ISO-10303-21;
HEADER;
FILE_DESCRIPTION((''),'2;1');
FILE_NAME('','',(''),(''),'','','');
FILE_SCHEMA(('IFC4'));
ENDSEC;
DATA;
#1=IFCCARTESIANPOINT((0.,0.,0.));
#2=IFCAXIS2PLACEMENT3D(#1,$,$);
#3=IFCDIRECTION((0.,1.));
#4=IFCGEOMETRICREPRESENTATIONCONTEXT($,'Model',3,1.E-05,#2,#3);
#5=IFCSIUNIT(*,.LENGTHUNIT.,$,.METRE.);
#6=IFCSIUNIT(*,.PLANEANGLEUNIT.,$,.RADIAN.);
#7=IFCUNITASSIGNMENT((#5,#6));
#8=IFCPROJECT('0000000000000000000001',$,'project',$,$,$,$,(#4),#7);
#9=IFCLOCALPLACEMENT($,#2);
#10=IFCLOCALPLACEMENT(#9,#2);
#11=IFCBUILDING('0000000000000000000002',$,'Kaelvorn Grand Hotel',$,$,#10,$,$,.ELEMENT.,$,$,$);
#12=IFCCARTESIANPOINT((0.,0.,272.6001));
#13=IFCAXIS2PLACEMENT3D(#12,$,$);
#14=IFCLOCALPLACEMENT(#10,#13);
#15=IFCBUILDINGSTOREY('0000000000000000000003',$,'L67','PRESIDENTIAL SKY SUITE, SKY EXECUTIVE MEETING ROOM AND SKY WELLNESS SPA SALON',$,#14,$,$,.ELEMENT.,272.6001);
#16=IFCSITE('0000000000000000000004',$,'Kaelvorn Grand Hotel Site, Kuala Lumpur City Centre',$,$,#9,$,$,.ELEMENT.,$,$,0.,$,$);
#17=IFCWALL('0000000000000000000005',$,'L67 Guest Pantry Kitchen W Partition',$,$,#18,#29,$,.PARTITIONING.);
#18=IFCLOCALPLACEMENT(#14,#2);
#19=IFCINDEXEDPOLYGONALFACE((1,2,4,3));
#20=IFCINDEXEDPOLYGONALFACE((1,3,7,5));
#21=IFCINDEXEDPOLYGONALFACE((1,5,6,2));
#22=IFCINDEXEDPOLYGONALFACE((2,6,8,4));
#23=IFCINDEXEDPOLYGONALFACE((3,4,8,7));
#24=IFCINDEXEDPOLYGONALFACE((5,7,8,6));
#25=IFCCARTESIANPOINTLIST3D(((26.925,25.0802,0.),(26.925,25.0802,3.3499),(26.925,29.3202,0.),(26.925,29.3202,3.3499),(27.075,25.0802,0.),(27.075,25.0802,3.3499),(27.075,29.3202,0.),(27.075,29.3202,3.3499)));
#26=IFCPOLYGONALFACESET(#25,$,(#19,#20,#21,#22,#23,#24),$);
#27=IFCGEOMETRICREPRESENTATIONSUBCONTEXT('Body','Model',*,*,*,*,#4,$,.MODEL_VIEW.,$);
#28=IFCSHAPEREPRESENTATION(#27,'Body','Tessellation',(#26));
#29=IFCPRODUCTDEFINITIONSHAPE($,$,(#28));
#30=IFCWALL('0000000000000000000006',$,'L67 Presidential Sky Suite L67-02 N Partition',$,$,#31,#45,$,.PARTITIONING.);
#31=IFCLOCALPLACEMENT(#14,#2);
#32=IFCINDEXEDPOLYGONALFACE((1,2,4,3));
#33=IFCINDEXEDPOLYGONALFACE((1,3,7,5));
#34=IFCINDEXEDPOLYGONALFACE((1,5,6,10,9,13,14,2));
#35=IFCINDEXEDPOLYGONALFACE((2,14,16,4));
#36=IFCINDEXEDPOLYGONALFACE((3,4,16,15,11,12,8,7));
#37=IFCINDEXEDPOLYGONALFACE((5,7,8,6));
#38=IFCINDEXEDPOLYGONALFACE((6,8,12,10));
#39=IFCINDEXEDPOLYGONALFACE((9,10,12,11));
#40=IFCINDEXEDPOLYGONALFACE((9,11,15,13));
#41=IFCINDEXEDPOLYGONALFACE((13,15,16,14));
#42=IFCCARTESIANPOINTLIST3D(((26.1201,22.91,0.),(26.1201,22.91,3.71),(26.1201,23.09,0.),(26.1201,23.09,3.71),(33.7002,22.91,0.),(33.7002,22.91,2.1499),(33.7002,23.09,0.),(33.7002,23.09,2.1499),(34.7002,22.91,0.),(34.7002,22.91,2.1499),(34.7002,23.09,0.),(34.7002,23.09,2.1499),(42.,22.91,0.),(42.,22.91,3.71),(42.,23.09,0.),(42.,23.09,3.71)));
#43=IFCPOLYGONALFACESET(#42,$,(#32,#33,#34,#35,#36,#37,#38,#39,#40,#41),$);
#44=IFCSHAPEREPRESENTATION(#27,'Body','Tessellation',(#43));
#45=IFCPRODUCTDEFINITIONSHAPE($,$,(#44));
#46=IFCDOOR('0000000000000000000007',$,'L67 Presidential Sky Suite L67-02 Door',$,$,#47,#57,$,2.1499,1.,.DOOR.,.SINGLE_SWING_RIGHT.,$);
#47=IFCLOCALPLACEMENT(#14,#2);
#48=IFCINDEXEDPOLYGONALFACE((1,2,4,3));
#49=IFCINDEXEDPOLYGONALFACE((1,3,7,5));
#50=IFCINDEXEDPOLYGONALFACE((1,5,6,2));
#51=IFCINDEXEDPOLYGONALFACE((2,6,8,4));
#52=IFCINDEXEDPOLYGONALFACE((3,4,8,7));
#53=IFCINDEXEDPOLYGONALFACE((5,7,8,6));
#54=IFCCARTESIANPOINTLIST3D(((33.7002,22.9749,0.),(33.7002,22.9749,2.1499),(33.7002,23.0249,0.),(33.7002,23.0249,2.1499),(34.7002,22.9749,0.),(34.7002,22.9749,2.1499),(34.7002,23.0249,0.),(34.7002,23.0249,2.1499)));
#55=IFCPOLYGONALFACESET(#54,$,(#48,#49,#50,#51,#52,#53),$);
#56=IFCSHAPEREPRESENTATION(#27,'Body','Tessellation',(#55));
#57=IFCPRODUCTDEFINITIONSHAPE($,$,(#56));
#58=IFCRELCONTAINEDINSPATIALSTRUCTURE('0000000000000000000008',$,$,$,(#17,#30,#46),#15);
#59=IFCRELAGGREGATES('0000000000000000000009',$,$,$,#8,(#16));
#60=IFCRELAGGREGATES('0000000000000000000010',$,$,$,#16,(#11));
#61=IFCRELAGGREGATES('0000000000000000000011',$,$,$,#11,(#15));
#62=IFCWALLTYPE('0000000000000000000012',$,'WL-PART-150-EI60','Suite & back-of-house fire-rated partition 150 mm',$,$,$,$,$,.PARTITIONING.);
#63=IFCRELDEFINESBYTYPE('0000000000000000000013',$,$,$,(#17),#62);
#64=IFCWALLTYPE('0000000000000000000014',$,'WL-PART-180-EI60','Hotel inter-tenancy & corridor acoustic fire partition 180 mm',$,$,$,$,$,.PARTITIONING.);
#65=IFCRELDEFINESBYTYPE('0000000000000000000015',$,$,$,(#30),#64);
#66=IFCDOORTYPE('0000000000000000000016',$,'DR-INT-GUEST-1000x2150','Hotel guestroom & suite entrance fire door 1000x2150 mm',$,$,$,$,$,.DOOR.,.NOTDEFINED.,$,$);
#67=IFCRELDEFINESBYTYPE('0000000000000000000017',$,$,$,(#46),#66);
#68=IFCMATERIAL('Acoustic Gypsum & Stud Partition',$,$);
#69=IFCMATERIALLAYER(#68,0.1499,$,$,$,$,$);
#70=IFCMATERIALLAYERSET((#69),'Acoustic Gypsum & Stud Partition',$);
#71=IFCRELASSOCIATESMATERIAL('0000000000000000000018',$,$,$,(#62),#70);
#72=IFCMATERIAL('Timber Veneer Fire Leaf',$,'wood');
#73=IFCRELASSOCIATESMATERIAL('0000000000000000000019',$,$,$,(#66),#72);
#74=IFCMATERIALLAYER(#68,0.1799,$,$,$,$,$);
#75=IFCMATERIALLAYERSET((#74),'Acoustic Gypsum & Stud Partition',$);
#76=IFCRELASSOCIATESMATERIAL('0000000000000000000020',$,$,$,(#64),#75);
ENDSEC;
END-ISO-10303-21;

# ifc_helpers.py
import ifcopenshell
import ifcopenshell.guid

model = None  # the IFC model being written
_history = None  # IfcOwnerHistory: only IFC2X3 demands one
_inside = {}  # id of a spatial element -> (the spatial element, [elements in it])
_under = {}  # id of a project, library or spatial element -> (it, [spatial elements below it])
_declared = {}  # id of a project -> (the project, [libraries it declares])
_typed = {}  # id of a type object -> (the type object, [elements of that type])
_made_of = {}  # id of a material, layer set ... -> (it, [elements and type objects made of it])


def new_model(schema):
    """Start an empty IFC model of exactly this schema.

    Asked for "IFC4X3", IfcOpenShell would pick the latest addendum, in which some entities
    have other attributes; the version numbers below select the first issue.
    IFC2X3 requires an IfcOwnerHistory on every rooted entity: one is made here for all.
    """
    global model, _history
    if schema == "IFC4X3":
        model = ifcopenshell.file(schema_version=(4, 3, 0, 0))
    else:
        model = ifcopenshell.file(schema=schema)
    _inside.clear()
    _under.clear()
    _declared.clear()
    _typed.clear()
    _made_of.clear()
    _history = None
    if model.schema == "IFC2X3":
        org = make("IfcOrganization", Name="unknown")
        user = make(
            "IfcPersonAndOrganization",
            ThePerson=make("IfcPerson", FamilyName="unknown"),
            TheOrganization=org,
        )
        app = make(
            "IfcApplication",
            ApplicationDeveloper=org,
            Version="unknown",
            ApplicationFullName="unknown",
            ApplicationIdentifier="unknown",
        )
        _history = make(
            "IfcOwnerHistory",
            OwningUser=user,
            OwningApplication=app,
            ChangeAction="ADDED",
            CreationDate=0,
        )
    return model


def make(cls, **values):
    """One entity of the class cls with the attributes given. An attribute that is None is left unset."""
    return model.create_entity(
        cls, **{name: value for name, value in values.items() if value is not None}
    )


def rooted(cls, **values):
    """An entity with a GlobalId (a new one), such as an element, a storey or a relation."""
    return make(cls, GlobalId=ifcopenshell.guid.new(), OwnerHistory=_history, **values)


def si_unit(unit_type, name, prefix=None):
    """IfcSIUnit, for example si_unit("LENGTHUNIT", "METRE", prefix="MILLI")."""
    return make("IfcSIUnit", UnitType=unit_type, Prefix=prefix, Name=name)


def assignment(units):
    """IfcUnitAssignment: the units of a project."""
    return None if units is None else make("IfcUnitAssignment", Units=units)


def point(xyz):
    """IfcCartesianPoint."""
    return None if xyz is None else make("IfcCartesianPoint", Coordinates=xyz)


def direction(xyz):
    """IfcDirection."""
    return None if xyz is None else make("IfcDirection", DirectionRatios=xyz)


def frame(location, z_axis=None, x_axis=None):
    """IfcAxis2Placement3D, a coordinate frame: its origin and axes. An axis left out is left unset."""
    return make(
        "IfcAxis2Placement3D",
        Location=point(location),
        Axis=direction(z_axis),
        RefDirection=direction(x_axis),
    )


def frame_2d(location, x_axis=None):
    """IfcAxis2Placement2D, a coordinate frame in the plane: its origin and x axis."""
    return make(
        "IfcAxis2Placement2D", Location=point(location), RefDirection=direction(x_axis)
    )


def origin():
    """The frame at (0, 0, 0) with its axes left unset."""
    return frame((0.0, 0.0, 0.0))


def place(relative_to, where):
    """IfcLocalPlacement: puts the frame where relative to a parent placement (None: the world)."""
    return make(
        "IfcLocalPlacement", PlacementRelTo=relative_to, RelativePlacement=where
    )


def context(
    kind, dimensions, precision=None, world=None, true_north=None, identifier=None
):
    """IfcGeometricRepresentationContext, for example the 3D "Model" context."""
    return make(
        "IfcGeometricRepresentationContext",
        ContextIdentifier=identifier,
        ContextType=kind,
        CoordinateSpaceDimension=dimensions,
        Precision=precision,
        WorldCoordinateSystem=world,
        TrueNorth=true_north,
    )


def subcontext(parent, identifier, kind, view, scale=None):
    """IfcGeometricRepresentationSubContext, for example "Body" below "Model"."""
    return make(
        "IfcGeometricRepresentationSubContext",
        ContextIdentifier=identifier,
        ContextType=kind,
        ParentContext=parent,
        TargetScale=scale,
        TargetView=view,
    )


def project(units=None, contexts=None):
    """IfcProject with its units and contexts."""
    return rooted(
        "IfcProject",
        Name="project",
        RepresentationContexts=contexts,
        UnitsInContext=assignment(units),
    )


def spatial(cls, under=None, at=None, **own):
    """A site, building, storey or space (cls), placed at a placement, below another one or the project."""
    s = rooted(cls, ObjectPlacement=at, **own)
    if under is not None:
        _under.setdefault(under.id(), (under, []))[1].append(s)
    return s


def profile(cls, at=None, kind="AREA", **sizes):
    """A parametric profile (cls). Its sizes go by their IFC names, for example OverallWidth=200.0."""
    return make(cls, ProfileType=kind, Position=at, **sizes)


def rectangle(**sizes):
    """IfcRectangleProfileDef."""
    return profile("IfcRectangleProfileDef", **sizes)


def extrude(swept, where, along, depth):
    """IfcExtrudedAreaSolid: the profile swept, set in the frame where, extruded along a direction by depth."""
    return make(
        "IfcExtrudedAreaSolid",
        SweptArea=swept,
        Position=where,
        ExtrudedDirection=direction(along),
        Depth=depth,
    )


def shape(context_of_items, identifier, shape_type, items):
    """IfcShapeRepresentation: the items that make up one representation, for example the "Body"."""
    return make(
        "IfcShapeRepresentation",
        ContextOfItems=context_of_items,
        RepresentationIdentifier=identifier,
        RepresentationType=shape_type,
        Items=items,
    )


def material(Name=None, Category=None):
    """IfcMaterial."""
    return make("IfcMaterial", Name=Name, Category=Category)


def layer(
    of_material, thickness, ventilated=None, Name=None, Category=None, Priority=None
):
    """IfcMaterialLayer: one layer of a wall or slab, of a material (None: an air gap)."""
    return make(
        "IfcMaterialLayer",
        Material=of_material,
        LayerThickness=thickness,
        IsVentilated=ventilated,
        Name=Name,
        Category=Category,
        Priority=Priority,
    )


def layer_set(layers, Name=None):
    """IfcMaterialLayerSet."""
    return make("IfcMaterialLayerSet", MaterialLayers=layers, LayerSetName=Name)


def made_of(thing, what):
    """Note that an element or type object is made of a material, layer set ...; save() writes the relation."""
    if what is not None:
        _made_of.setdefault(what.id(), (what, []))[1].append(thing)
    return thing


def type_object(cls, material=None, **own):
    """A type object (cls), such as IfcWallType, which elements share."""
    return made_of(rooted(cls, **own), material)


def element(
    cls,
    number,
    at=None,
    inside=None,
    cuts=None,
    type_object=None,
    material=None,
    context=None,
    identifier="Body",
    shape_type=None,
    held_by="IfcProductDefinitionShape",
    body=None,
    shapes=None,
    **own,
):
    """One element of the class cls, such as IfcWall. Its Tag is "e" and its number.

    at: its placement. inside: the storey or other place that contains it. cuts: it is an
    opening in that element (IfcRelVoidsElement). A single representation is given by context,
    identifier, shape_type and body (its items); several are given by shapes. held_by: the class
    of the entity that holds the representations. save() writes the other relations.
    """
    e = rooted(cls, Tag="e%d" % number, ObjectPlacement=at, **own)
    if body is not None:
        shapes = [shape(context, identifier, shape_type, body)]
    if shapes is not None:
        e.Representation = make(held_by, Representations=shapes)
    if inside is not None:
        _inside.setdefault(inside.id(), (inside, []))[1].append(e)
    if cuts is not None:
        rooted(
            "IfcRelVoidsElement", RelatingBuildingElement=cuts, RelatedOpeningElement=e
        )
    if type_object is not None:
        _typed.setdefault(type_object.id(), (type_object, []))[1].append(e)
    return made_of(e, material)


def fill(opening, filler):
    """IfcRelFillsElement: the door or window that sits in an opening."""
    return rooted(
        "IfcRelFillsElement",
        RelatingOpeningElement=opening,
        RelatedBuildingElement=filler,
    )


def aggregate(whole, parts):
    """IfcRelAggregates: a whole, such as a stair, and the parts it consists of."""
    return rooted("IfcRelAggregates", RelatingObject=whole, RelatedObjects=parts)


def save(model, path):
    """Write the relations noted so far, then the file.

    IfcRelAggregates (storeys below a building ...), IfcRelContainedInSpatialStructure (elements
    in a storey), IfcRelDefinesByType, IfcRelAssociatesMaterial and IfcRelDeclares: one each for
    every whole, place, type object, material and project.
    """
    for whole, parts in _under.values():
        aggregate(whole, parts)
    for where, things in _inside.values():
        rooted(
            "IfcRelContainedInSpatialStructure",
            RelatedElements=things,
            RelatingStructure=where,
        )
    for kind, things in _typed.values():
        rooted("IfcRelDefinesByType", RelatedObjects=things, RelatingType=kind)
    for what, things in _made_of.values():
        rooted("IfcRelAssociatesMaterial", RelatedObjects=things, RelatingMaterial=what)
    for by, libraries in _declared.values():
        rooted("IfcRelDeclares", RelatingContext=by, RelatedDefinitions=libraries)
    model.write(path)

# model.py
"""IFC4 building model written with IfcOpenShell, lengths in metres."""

from ifc_helpers import new_model, si_unit, direction, frame, frame_2d, origin, place, context, subcontext, project, spatial, rectangle, extrude, material, layer, layer_set, type_object, element, fill, save


model = new_model("IFC4")

# Units and contexts
model_context = context("Model", 3, precision=1e-05, world=origin(), true_north=direction((0.0, 1.0)))
body_context = subcontext(model_context, "Body", "Model", "MODEL_VIEW")
ifc_project = project(units=[si_unit("LENGTHUNIT", "METRE"), si_unit("PLANEANGLEUNIT", "RADIAN")], contexts=[model_context])

# Site, building, storey
site_placement = place(None, origin())
site = spatial("IfcSite", under=ifc_project, at=site_placement, Name="Kaelvorn Grand Hotel Site, Kuala Lumpur City Centre", CompositionType="ELEMENT", RefElevation=0.0)
building_placement = place(site_placement, origin())
building = spatial("IfcBuilding", under=site, at=building_placement, Name="Kaelvorn Grand Hotel", CompositionType="ELEMENT")
storey_placement = place(building_placement, frame((0.0, 0.0, 272.6001)))
storey = spatial("IfcBuildingStorey", under=building, at=storey_placement, Name="L67", Description="PRESIDENTIAL SKY SUITE, SKY EXECUTIVE MEETING ROOM AND SKY WELLNESS SPA SALON", CompositionType="ELEMENT", Elevation=272.6001)

# Shared definitions
ifc_material_1 = material(Name="Acoustic Gypsum & Stud Partition")
ifc_layer_1 = layer(ifc_material_1, 0.1499)
ifc_layer_set_1 = layer_set([ifc_layer_1], Name="Acoustic Gypsum & Stud Partition")
wall_type_1 = type_object("IfcWallType", Name="WL-PART-150-EI60", Description="Suite & back-of-house fire-rated partition 150 mm", PredefinedType="PARTITIONING", material=ifc_layer_set_1)

# Shared definitions
ifc_material_2 = material(Name="Timber Veneer Fire Leaf", Category="wood")
door_type_1 = type_object("IfcDoorType", Name="DR-INT-GUEST-1000x2150", Description="Hotel guestroom & suite entrance fire door 1000x2150 mm", OperationType="NOTDEFINED", PredefinedType="DOOR", material=ifc_material_2)

# Wall
wall_1_placement = place(storey_placement, frame((27.0, 25.0801, 0.0), z_axis=(0.0, 0.0, 1.0), x_axis=(0.0, 1.0, 0.0)))
element("IfcWall", 1, at=wall_1_placement, inside=storey, type_object=wall_type_1, Name="L67 Guest Pantry Kitchen W Partition", PredefinedType="PARTITIONING", context=body_context, shape_type="SweptSolid", body=[
    extrude(rectangle(XDim=4.24, YDim=0.1499, at=frame_2d((2.1201, 0.0))), origin(), (0.0, 0.0, 1.0), 3.3499),
])

# Wall, opening, door
ifc_layer_2 = layer(ifc_material_1, 0.1799)
ifc_layer_set_2 = layer_set([ifc_layer_2], Name="Acoustic Gypsum & Stud Partition")
wall_type_2 = type_object("IfcWallType", Name="WL-PART-180-EI60", Description="Hotel inter-tenancy & corridor acoustic fire partition 180 mm", PredefinedType="PARTITIONING", material=ifc_layer_set_2)
wall_2_placement = place(storey_placement, frame((26.1201, 23.0, 0.0), z_axis=(0.0, 0.0, 1.0), x_axis=(1.0, 0.0, 0.0)))
wall_2 = element("IfcWall", 2, at=wall_2_placement, inside=storey, type_object=wall_type_2, Name="L67 Presidential Sky Suite L67-02 N Partition", PredefinedType="PARTITIONING", context=body_context, shape_type="SweptSolid", body=[
    extrude(rectangle(XDim=15.8799, YDim=0.1799, at=frame_2d((7.9399, 0.0))), origin(), (0.0, 0.0, 1.0), 3.71),
])
opening_1_placement = place(wall_2_placement, frame((7.5801, 0.0, 0.0)))
opening_1 = element("IfcOpeningElement", 3, at=opening_1_placement, cuts=wall_2, PredefinedType="OPENING", context=body_context, shape_type="SweptSolid", body=[
    extrude(rectangle(XDim=1.0, YDim=2.1499, at=frame_2d((0.5, 1.075))), frame((0.0, 0.1001, 0.0), z_axis=(0.0, -1.0, 0.0), x_axis=(1.0, 0.0, 0.0)), (0.0, 0.0, 1.0), 0.2),
])
door_1_placement = place(opening_1_placement, origin())
door_1 = element("IfcDoor", 4, at=door_1_placement, inside=storey, type_object=door_type_1, Name="L67 Presidential Sky Suite L67-02 Door", OperationType="SINGLE_SWING_RIGHT", OverallHeight=2.1499, OverallWidth=1.0, PredefinedType="DOOR", context=body_context, shape_type="SweptSolid", body=[
    extrude(rectangle(XDim=1.0, YDim=2.1499, at=frame_2d((0.5, 1.075))), frame((0.0, 0.0249, 0.0), z_axis=(0.0, -1.0, 0.0), x_axis=(1.0, 0.0, 0.0)), (0.0, 0.0, 1.0), 0.05),
])
fill(opening_1, door_1)

save(model, "model.ifc")
